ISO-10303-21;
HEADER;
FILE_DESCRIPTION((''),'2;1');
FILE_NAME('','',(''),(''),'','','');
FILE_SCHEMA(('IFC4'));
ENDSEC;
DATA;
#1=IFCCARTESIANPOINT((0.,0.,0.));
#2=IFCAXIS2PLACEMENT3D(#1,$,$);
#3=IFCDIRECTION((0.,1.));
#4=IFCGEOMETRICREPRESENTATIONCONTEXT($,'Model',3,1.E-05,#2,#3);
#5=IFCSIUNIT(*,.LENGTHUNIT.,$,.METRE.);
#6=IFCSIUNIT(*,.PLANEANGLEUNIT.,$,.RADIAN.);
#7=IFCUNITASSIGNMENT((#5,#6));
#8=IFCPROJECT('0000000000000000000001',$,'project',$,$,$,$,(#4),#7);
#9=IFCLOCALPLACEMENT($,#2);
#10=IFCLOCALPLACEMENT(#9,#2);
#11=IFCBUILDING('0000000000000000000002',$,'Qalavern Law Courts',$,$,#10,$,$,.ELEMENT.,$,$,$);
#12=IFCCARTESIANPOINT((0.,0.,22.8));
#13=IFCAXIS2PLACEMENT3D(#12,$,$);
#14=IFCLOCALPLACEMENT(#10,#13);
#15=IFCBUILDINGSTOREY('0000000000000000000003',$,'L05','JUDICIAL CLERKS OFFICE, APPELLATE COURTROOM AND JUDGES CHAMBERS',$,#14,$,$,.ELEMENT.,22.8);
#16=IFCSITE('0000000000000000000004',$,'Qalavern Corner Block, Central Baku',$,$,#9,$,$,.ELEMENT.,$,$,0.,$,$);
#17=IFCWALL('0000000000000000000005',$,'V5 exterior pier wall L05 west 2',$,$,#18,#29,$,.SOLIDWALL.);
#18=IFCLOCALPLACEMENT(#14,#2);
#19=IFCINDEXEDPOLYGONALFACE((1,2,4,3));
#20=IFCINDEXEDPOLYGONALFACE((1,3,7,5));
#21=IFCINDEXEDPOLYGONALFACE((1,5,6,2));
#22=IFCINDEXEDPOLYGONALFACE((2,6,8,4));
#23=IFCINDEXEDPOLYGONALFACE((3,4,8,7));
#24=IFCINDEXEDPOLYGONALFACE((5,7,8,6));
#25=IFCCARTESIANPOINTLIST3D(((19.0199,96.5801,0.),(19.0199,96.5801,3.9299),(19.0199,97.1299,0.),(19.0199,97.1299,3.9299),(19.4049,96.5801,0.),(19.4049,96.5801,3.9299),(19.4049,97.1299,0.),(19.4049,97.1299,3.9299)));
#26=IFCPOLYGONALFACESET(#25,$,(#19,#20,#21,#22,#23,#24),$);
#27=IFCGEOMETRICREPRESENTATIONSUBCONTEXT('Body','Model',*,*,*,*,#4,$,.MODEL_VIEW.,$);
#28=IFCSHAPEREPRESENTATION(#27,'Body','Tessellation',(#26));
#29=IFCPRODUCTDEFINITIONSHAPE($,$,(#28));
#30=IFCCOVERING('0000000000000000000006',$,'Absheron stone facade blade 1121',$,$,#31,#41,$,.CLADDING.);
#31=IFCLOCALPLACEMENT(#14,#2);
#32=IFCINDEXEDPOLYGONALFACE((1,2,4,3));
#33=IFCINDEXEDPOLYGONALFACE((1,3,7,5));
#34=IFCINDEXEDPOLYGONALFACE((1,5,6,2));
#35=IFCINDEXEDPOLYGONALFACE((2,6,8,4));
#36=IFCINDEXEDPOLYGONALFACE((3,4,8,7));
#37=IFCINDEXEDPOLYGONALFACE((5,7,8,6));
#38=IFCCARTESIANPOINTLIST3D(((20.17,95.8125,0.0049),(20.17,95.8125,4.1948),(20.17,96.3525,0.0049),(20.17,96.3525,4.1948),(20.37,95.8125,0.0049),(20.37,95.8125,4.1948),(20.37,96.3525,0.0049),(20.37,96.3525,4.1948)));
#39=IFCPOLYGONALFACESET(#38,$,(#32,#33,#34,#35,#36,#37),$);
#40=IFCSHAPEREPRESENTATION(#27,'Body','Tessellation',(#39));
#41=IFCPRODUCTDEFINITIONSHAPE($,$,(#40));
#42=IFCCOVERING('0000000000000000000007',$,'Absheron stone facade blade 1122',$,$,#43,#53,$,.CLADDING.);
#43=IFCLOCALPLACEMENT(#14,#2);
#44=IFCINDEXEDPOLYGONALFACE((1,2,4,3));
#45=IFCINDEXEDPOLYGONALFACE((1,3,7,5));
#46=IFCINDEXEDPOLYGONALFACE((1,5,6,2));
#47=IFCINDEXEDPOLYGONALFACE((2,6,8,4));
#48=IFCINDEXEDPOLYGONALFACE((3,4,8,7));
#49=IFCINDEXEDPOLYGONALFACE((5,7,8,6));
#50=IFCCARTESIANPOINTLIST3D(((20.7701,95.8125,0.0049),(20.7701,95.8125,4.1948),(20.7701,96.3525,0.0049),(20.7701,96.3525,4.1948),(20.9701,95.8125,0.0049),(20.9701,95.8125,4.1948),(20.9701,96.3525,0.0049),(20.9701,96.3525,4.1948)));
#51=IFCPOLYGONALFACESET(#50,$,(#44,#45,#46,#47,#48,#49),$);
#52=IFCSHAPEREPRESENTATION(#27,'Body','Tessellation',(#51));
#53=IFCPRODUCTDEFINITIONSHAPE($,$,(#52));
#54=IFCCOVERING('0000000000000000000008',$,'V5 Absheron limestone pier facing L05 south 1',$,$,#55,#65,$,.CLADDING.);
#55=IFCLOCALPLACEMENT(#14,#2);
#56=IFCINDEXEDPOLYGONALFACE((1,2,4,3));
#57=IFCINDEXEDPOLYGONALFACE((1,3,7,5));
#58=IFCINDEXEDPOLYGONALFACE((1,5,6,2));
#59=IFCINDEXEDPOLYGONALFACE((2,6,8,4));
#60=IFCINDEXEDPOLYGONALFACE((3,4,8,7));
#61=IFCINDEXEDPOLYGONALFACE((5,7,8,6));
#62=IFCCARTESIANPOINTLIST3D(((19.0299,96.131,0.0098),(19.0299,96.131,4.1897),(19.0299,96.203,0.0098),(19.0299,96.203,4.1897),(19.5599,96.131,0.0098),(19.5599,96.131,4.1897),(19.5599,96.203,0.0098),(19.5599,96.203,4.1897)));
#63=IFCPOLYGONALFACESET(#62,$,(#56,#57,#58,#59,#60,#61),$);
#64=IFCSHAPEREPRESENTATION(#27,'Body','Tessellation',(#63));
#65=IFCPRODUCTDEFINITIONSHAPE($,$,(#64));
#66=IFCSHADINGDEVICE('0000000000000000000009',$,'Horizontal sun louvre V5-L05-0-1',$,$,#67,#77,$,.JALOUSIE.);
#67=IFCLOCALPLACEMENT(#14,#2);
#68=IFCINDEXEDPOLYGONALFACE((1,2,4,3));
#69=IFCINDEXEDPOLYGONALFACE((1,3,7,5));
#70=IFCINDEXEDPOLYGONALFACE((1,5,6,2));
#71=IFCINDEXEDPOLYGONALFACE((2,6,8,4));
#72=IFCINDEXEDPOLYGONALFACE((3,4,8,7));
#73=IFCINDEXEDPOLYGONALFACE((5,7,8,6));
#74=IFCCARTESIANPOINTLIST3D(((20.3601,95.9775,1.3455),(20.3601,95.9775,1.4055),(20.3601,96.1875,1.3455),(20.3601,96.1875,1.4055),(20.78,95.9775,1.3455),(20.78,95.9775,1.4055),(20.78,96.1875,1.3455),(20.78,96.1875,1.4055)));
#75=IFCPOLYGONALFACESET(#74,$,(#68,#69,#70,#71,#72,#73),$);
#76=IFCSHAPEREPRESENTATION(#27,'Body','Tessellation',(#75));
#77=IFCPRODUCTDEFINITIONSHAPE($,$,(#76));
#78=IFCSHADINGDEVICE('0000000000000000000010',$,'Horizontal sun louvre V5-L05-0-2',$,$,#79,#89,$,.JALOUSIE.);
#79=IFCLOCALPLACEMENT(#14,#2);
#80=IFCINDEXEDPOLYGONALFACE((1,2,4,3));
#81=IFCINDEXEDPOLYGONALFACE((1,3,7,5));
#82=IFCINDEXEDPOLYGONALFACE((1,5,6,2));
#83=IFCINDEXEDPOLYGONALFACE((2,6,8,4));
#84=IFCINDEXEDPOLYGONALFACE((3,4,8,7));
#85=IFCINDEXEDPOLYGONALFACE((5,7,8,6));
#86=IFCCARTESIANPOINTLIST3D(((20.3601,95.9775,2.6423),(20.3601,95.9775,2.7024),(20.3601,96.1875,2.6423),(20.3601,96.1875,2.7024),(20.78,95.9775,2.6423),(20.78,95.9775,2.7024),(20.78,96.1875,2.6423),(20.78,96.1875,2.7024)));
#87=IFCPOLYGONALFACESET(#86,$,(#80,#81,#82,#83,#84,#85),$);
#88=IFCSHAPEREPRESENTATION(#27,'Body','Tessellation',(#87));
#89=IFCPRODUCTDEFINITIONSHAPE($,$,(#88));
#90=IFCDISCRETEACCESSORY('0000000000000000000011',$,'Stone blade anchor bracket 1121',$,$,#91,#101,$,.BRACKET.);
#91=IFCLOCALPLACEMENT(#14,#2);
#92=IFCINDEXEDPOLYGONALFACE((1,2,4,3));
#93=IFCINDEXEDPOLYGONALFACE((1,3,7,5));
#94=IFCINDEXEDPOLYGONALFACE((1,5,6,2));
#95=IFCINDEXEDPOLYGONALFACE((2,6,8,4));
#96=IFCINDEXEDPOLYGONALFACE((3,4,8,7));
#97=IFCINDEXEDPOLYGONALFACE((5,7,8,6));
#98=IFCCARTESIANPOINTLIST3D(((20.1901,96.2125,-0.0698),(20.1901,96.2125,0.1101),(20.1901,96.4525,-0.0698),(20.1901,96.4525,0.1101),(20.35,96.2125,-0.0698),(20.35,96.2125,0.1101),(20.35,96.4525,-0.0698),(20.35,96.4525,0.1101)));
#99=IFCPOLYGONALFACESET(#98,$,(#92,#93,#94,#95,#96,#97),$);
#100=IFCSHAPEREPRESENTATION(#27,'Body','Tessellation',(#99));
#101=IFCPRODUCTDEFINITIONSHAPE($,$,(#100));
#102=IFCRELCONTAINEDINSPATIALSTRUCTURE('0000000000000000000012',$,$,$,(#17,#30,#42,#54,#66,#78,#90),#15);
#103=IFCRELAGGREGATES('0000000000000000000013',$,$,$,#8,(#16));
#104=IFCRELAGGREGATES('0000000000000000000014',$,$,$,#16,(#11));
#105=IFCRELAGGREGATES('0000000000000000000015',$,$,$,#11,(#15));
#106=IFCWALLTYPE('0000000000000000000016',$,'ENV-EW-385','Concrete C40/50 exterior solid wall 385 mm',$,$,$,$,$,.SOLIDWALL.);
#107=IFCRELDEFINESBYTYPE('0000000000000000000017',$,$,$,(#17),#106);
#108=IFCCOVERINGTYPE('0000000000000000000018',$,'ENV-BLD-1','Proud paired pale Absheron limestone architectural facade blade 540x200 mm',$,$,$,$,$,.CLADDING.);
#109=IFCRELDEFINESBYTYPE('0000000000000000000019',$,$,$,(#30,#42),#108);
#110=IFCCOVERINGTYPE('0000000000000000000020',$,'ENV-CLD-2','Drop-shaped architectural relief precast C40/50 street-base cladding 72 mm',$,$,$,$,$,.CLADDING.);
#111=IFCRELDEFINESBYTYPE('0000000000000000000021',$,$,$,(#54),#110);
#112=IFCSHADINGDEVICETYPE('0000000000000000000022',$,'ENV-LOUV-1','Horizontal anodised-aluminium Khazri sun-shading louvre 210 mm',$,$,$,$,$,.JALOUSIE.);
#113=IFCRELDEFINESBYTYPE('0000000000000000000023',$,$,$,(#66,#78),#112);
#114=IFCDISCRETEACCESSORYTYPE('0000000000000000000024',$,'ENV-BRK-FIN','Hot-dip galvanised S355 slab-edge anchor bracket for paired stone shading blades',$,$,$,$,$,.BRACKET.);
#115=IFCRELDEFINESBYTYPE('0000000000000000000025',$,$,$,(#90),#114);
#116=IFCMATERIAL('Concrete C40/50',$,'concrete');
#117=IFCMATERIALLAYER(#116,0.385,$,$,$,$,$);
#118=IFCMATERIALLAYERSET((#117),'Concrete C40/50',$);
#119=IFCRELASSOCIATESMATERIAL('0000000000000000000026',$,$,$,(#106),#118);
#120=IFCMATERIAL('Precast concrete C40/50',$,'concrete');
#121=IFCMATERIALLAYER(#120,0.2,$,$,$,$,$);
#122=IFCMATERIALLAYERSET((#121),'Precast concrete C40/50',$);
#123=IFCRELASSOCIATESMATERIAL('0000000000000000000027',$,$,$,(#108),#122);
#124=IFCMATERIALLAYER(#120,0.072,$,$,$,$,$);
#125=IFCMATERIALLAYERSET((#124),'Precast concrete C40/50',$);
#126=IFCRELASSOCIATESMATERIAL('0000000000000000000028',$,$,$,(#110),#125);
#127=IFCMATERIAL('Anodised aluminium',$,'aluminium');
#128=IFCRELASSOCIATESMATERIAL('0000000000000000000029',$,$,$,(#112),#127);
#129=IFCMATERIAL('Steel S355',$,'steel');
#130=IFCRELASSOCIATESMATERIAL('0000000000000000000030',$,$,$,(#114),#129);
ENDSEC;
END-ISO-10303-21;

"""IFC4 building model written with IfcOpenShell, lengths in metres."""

from ifc_helpers import new_model, si_unit, direction, frame, frame_2d, origin, origin_2d, place, context, subcontext, project, spatial, rectangle, extrude, material, layer, layer_set, type_object, element, save


model = new_model("IFC4")

# Units and contexts
model_context = context("Model", 3, precision=1e-05, world=origin(), true_north=direction((0.0, 1.0)))
body_context = subcontext(model_context, "Body", "Model", "MODEL_VIEW")
ifc_project = project(units=[si_unit("LENGTHUNIT", "METRE"), si_unit("PLANEANGLEUNIT", "RADIAN")], contexts=[model_context])

# Site, building, storey
site_placement = place(None, origin())
site = spatial("IfcSite", under=ifc_project, at=site_placement, Name="Qalavern Corner Block, Central Baku", CompositionType="ELEMENT", RefElevation=0.0)
building_placement = place(site_placement, origin())
building = spatial("IfcBuilding", under=site, at=building_placement, Name="Qalavern Law Courts", CompositionType="ELEMENT")
storey_placement = place(building_placement, frame((0.0, 0.0, 22.8)))
storey = spatial("IfcBuildingStorey", under=building, at=storey_placement, Name="L05", Description="JUDICIAL CLERKS OFFICE, APPELLATE COURTROOM AND JUDGES CHAMBERS", CompositionType="ELEMENT", Elevation=22.8)

# Shared definitions
ifc_material_1 = material(Name="Anodised aluminium", Category="aluminium")

# Wall
ifc_material_2 = material(Name="Concrete C40/50", Category="concrete")
ifc_layer_1 = layer(ifc_material_2, 0.385)
ifc_layer_set_1 = layer_set([ifc_layer_1], Name="Concrete C40/50")
wall_type = type_object("IfcWallType", Name="ENV-EW-385", Description="Concrete C40/50 exterior solid wall 385 mm", PredefinedType="SOLIDWALL", material=ifc_layer_set_1)
wall_placement = place(storey_placement, frame((19.2124, 97.1299, 0.0), z_axis=(0.0, 0.0, 1.0), x_axis=(0.0, -1.0, 0.0)))
element("IfcWall", 1, at=wall_placement, inside=storey, type_object=wall_type, Name="V5 exterior pier wall L05 west 2", PredefinedType="SOLIDWALL", context=body_context, shape_type="SweptSolid", body=[
    extrude(rectangle(XDim=0.5498, YDim=0.385, at=frame_2d((0.2749, 0.0))), origin(), (0.0, 0.0, 1.0), 3.9299),
])

# Coverings
ifc_material_3 = material(Name="Precast concrete C40/50", Category="concrete")
ifc_layer_2 = layer(ifc_material_3, 0.2)
ifc_layer_set_2 = layer_set([ifc_layer_2], Name="Precast concrete C40/50")
covering_type_1 = type_object("IfcCoveringType", Name="ENV-BLD-1", Description="Proud paired pale Absheron limestone architectural facade blade 540x200 mm", PredefinedType="CLADDING", material=ifc_layer_set_2)
for number, where, z_axis, x_axis, name in (
    (2, (20.27, 96.0825, 0.0049), (0.0, 0.0, 1.0), (0.0, -1.0, 0.0), "Absheron stone facade blade 1121"),
    (3, (20.8701, 96.0825, 0.0049), (0.0, 0.0, 1.0), (0.0, -1.0, 0.0), "Absheron stone facade blade 1122"),
):
    element("IfcCovering", number, at=place(storey_placement, frame(where, z_axis=z_axis, x_axis=x_axis)), inside=storey, type_object=covering_type_1, Name=name, PredefinedType="CLADDING", context=body_context, shape_type="SweptSolid", body=[
        extrude(rectangle(XDim=0.54, YDim=0.2, at=origin_2d()), origin(), (0.0, 0.0, 1.0), 4.1899),
    ])
ifc_layer_3 = layer(ifc_material_3, 0.072)
ifc_layer_set_3 = layer_set([ifc_layer_3], Name="Precast concrete C40/50")
covering_type_2 = type_object("IfcCoveringType", Name="ENV-CLD-2", Description="Drop-shaped architectural relief precast C40/50 street-base cladding 72 mm", PredefinedType="CLADDING", material=ifc_layer_set_3)
covering_placement = place(storey_placement, frame((19.2949, 96.167, 0.0098), z_axis=(0.0, 0.0, 1.0), x_axis=(1.0, 0.0, 0.0)))
element("IfcCovering", 4, at=covering_placement, inside=storey, type_object=covering_type_2, Name="V5 Absheron limestone pier facing L05 south 1", PredefinedType="CLADDING", context=body_context, shape_type="SweptSolid", body=[
    extrude(rectangle(XDim=0.53, YDim=0.072, at=origin_2d()), origin(), (0.0, 0.0, 1.0), 4.1799),
])

# Shading devices
shading_device_type = type_object("IfcShadingDeviceType", Name="ENV-LOUV-1", Description="Horizontal anodised-aluminium Khazri sun-shading louvre 210 mm", PredefinedType="JALOUSIE", material=ifc_material_1)
for number, where, z_axis, x_axis, name in (
    (5, (20.5701, 96.0825, 1.3455), (0.0, 0.0, 1.0), (1.0, 0.0, 0.0), "Horizontal sun louvre V5-L05-0-1"),
    (6, (20.5701, 96.0825, 2.6423), (0.0, 0.0, 1.0), (1.0, 0.0, 0.0), "Horizontal sun louvre V5-L05-0-2"),
):
    element("IfcShadingDevice", number, at=place(storey_placement, frame(where, z_axis=z_axis, x_axis=x_axis)), inside=storey, type_object=shading_device_type, Name=name, PredefinedType="JALOUSIE", context=body_context, shape_type="SweptSolid", body=[
        extrude(rectangle(XDim=0.4199, YDim=0.21, at=origin_2d()), origin(), (0.0, 0.0, 1.0), 0.0601),
    ])

# Discrete accessory
ifc_material_4 = material(Name="Steel S355", Category="steel")
discrete_accessory_type = type_object("IfcDiscreteAccessoryType", Name="ENV-BRK-FIN", Description="Hot-dip galvanised S355 slab-edge anchor bracket for paired stone shading blades", PredefinedType="BRACKET", material=ifc_material_4)
discrete_accessory_placement = place(storey_placement, frame((20.27, 96.3325, -0.0698), z_axis=(0.0, 0.0, 1.0), x_axis=(0.0, -1.0, 0.0)))
element("IfcDiscreteAccessory", 7, at=discrete_accessory_placement, inside=storey, type_object=discrete_accessory_type, Name="Stone blade anchor bracket 1121", PredefinedType="BRACKET", context=body_context, shape_type="SweptSolid", body=[
    extrude(rectangle(XDim=0.24, YDim=0.1599, at=origin_2d()), origin(), (0.0, 0.0, 1.0), 0.1799),
])

save(model, "model.ifc")
